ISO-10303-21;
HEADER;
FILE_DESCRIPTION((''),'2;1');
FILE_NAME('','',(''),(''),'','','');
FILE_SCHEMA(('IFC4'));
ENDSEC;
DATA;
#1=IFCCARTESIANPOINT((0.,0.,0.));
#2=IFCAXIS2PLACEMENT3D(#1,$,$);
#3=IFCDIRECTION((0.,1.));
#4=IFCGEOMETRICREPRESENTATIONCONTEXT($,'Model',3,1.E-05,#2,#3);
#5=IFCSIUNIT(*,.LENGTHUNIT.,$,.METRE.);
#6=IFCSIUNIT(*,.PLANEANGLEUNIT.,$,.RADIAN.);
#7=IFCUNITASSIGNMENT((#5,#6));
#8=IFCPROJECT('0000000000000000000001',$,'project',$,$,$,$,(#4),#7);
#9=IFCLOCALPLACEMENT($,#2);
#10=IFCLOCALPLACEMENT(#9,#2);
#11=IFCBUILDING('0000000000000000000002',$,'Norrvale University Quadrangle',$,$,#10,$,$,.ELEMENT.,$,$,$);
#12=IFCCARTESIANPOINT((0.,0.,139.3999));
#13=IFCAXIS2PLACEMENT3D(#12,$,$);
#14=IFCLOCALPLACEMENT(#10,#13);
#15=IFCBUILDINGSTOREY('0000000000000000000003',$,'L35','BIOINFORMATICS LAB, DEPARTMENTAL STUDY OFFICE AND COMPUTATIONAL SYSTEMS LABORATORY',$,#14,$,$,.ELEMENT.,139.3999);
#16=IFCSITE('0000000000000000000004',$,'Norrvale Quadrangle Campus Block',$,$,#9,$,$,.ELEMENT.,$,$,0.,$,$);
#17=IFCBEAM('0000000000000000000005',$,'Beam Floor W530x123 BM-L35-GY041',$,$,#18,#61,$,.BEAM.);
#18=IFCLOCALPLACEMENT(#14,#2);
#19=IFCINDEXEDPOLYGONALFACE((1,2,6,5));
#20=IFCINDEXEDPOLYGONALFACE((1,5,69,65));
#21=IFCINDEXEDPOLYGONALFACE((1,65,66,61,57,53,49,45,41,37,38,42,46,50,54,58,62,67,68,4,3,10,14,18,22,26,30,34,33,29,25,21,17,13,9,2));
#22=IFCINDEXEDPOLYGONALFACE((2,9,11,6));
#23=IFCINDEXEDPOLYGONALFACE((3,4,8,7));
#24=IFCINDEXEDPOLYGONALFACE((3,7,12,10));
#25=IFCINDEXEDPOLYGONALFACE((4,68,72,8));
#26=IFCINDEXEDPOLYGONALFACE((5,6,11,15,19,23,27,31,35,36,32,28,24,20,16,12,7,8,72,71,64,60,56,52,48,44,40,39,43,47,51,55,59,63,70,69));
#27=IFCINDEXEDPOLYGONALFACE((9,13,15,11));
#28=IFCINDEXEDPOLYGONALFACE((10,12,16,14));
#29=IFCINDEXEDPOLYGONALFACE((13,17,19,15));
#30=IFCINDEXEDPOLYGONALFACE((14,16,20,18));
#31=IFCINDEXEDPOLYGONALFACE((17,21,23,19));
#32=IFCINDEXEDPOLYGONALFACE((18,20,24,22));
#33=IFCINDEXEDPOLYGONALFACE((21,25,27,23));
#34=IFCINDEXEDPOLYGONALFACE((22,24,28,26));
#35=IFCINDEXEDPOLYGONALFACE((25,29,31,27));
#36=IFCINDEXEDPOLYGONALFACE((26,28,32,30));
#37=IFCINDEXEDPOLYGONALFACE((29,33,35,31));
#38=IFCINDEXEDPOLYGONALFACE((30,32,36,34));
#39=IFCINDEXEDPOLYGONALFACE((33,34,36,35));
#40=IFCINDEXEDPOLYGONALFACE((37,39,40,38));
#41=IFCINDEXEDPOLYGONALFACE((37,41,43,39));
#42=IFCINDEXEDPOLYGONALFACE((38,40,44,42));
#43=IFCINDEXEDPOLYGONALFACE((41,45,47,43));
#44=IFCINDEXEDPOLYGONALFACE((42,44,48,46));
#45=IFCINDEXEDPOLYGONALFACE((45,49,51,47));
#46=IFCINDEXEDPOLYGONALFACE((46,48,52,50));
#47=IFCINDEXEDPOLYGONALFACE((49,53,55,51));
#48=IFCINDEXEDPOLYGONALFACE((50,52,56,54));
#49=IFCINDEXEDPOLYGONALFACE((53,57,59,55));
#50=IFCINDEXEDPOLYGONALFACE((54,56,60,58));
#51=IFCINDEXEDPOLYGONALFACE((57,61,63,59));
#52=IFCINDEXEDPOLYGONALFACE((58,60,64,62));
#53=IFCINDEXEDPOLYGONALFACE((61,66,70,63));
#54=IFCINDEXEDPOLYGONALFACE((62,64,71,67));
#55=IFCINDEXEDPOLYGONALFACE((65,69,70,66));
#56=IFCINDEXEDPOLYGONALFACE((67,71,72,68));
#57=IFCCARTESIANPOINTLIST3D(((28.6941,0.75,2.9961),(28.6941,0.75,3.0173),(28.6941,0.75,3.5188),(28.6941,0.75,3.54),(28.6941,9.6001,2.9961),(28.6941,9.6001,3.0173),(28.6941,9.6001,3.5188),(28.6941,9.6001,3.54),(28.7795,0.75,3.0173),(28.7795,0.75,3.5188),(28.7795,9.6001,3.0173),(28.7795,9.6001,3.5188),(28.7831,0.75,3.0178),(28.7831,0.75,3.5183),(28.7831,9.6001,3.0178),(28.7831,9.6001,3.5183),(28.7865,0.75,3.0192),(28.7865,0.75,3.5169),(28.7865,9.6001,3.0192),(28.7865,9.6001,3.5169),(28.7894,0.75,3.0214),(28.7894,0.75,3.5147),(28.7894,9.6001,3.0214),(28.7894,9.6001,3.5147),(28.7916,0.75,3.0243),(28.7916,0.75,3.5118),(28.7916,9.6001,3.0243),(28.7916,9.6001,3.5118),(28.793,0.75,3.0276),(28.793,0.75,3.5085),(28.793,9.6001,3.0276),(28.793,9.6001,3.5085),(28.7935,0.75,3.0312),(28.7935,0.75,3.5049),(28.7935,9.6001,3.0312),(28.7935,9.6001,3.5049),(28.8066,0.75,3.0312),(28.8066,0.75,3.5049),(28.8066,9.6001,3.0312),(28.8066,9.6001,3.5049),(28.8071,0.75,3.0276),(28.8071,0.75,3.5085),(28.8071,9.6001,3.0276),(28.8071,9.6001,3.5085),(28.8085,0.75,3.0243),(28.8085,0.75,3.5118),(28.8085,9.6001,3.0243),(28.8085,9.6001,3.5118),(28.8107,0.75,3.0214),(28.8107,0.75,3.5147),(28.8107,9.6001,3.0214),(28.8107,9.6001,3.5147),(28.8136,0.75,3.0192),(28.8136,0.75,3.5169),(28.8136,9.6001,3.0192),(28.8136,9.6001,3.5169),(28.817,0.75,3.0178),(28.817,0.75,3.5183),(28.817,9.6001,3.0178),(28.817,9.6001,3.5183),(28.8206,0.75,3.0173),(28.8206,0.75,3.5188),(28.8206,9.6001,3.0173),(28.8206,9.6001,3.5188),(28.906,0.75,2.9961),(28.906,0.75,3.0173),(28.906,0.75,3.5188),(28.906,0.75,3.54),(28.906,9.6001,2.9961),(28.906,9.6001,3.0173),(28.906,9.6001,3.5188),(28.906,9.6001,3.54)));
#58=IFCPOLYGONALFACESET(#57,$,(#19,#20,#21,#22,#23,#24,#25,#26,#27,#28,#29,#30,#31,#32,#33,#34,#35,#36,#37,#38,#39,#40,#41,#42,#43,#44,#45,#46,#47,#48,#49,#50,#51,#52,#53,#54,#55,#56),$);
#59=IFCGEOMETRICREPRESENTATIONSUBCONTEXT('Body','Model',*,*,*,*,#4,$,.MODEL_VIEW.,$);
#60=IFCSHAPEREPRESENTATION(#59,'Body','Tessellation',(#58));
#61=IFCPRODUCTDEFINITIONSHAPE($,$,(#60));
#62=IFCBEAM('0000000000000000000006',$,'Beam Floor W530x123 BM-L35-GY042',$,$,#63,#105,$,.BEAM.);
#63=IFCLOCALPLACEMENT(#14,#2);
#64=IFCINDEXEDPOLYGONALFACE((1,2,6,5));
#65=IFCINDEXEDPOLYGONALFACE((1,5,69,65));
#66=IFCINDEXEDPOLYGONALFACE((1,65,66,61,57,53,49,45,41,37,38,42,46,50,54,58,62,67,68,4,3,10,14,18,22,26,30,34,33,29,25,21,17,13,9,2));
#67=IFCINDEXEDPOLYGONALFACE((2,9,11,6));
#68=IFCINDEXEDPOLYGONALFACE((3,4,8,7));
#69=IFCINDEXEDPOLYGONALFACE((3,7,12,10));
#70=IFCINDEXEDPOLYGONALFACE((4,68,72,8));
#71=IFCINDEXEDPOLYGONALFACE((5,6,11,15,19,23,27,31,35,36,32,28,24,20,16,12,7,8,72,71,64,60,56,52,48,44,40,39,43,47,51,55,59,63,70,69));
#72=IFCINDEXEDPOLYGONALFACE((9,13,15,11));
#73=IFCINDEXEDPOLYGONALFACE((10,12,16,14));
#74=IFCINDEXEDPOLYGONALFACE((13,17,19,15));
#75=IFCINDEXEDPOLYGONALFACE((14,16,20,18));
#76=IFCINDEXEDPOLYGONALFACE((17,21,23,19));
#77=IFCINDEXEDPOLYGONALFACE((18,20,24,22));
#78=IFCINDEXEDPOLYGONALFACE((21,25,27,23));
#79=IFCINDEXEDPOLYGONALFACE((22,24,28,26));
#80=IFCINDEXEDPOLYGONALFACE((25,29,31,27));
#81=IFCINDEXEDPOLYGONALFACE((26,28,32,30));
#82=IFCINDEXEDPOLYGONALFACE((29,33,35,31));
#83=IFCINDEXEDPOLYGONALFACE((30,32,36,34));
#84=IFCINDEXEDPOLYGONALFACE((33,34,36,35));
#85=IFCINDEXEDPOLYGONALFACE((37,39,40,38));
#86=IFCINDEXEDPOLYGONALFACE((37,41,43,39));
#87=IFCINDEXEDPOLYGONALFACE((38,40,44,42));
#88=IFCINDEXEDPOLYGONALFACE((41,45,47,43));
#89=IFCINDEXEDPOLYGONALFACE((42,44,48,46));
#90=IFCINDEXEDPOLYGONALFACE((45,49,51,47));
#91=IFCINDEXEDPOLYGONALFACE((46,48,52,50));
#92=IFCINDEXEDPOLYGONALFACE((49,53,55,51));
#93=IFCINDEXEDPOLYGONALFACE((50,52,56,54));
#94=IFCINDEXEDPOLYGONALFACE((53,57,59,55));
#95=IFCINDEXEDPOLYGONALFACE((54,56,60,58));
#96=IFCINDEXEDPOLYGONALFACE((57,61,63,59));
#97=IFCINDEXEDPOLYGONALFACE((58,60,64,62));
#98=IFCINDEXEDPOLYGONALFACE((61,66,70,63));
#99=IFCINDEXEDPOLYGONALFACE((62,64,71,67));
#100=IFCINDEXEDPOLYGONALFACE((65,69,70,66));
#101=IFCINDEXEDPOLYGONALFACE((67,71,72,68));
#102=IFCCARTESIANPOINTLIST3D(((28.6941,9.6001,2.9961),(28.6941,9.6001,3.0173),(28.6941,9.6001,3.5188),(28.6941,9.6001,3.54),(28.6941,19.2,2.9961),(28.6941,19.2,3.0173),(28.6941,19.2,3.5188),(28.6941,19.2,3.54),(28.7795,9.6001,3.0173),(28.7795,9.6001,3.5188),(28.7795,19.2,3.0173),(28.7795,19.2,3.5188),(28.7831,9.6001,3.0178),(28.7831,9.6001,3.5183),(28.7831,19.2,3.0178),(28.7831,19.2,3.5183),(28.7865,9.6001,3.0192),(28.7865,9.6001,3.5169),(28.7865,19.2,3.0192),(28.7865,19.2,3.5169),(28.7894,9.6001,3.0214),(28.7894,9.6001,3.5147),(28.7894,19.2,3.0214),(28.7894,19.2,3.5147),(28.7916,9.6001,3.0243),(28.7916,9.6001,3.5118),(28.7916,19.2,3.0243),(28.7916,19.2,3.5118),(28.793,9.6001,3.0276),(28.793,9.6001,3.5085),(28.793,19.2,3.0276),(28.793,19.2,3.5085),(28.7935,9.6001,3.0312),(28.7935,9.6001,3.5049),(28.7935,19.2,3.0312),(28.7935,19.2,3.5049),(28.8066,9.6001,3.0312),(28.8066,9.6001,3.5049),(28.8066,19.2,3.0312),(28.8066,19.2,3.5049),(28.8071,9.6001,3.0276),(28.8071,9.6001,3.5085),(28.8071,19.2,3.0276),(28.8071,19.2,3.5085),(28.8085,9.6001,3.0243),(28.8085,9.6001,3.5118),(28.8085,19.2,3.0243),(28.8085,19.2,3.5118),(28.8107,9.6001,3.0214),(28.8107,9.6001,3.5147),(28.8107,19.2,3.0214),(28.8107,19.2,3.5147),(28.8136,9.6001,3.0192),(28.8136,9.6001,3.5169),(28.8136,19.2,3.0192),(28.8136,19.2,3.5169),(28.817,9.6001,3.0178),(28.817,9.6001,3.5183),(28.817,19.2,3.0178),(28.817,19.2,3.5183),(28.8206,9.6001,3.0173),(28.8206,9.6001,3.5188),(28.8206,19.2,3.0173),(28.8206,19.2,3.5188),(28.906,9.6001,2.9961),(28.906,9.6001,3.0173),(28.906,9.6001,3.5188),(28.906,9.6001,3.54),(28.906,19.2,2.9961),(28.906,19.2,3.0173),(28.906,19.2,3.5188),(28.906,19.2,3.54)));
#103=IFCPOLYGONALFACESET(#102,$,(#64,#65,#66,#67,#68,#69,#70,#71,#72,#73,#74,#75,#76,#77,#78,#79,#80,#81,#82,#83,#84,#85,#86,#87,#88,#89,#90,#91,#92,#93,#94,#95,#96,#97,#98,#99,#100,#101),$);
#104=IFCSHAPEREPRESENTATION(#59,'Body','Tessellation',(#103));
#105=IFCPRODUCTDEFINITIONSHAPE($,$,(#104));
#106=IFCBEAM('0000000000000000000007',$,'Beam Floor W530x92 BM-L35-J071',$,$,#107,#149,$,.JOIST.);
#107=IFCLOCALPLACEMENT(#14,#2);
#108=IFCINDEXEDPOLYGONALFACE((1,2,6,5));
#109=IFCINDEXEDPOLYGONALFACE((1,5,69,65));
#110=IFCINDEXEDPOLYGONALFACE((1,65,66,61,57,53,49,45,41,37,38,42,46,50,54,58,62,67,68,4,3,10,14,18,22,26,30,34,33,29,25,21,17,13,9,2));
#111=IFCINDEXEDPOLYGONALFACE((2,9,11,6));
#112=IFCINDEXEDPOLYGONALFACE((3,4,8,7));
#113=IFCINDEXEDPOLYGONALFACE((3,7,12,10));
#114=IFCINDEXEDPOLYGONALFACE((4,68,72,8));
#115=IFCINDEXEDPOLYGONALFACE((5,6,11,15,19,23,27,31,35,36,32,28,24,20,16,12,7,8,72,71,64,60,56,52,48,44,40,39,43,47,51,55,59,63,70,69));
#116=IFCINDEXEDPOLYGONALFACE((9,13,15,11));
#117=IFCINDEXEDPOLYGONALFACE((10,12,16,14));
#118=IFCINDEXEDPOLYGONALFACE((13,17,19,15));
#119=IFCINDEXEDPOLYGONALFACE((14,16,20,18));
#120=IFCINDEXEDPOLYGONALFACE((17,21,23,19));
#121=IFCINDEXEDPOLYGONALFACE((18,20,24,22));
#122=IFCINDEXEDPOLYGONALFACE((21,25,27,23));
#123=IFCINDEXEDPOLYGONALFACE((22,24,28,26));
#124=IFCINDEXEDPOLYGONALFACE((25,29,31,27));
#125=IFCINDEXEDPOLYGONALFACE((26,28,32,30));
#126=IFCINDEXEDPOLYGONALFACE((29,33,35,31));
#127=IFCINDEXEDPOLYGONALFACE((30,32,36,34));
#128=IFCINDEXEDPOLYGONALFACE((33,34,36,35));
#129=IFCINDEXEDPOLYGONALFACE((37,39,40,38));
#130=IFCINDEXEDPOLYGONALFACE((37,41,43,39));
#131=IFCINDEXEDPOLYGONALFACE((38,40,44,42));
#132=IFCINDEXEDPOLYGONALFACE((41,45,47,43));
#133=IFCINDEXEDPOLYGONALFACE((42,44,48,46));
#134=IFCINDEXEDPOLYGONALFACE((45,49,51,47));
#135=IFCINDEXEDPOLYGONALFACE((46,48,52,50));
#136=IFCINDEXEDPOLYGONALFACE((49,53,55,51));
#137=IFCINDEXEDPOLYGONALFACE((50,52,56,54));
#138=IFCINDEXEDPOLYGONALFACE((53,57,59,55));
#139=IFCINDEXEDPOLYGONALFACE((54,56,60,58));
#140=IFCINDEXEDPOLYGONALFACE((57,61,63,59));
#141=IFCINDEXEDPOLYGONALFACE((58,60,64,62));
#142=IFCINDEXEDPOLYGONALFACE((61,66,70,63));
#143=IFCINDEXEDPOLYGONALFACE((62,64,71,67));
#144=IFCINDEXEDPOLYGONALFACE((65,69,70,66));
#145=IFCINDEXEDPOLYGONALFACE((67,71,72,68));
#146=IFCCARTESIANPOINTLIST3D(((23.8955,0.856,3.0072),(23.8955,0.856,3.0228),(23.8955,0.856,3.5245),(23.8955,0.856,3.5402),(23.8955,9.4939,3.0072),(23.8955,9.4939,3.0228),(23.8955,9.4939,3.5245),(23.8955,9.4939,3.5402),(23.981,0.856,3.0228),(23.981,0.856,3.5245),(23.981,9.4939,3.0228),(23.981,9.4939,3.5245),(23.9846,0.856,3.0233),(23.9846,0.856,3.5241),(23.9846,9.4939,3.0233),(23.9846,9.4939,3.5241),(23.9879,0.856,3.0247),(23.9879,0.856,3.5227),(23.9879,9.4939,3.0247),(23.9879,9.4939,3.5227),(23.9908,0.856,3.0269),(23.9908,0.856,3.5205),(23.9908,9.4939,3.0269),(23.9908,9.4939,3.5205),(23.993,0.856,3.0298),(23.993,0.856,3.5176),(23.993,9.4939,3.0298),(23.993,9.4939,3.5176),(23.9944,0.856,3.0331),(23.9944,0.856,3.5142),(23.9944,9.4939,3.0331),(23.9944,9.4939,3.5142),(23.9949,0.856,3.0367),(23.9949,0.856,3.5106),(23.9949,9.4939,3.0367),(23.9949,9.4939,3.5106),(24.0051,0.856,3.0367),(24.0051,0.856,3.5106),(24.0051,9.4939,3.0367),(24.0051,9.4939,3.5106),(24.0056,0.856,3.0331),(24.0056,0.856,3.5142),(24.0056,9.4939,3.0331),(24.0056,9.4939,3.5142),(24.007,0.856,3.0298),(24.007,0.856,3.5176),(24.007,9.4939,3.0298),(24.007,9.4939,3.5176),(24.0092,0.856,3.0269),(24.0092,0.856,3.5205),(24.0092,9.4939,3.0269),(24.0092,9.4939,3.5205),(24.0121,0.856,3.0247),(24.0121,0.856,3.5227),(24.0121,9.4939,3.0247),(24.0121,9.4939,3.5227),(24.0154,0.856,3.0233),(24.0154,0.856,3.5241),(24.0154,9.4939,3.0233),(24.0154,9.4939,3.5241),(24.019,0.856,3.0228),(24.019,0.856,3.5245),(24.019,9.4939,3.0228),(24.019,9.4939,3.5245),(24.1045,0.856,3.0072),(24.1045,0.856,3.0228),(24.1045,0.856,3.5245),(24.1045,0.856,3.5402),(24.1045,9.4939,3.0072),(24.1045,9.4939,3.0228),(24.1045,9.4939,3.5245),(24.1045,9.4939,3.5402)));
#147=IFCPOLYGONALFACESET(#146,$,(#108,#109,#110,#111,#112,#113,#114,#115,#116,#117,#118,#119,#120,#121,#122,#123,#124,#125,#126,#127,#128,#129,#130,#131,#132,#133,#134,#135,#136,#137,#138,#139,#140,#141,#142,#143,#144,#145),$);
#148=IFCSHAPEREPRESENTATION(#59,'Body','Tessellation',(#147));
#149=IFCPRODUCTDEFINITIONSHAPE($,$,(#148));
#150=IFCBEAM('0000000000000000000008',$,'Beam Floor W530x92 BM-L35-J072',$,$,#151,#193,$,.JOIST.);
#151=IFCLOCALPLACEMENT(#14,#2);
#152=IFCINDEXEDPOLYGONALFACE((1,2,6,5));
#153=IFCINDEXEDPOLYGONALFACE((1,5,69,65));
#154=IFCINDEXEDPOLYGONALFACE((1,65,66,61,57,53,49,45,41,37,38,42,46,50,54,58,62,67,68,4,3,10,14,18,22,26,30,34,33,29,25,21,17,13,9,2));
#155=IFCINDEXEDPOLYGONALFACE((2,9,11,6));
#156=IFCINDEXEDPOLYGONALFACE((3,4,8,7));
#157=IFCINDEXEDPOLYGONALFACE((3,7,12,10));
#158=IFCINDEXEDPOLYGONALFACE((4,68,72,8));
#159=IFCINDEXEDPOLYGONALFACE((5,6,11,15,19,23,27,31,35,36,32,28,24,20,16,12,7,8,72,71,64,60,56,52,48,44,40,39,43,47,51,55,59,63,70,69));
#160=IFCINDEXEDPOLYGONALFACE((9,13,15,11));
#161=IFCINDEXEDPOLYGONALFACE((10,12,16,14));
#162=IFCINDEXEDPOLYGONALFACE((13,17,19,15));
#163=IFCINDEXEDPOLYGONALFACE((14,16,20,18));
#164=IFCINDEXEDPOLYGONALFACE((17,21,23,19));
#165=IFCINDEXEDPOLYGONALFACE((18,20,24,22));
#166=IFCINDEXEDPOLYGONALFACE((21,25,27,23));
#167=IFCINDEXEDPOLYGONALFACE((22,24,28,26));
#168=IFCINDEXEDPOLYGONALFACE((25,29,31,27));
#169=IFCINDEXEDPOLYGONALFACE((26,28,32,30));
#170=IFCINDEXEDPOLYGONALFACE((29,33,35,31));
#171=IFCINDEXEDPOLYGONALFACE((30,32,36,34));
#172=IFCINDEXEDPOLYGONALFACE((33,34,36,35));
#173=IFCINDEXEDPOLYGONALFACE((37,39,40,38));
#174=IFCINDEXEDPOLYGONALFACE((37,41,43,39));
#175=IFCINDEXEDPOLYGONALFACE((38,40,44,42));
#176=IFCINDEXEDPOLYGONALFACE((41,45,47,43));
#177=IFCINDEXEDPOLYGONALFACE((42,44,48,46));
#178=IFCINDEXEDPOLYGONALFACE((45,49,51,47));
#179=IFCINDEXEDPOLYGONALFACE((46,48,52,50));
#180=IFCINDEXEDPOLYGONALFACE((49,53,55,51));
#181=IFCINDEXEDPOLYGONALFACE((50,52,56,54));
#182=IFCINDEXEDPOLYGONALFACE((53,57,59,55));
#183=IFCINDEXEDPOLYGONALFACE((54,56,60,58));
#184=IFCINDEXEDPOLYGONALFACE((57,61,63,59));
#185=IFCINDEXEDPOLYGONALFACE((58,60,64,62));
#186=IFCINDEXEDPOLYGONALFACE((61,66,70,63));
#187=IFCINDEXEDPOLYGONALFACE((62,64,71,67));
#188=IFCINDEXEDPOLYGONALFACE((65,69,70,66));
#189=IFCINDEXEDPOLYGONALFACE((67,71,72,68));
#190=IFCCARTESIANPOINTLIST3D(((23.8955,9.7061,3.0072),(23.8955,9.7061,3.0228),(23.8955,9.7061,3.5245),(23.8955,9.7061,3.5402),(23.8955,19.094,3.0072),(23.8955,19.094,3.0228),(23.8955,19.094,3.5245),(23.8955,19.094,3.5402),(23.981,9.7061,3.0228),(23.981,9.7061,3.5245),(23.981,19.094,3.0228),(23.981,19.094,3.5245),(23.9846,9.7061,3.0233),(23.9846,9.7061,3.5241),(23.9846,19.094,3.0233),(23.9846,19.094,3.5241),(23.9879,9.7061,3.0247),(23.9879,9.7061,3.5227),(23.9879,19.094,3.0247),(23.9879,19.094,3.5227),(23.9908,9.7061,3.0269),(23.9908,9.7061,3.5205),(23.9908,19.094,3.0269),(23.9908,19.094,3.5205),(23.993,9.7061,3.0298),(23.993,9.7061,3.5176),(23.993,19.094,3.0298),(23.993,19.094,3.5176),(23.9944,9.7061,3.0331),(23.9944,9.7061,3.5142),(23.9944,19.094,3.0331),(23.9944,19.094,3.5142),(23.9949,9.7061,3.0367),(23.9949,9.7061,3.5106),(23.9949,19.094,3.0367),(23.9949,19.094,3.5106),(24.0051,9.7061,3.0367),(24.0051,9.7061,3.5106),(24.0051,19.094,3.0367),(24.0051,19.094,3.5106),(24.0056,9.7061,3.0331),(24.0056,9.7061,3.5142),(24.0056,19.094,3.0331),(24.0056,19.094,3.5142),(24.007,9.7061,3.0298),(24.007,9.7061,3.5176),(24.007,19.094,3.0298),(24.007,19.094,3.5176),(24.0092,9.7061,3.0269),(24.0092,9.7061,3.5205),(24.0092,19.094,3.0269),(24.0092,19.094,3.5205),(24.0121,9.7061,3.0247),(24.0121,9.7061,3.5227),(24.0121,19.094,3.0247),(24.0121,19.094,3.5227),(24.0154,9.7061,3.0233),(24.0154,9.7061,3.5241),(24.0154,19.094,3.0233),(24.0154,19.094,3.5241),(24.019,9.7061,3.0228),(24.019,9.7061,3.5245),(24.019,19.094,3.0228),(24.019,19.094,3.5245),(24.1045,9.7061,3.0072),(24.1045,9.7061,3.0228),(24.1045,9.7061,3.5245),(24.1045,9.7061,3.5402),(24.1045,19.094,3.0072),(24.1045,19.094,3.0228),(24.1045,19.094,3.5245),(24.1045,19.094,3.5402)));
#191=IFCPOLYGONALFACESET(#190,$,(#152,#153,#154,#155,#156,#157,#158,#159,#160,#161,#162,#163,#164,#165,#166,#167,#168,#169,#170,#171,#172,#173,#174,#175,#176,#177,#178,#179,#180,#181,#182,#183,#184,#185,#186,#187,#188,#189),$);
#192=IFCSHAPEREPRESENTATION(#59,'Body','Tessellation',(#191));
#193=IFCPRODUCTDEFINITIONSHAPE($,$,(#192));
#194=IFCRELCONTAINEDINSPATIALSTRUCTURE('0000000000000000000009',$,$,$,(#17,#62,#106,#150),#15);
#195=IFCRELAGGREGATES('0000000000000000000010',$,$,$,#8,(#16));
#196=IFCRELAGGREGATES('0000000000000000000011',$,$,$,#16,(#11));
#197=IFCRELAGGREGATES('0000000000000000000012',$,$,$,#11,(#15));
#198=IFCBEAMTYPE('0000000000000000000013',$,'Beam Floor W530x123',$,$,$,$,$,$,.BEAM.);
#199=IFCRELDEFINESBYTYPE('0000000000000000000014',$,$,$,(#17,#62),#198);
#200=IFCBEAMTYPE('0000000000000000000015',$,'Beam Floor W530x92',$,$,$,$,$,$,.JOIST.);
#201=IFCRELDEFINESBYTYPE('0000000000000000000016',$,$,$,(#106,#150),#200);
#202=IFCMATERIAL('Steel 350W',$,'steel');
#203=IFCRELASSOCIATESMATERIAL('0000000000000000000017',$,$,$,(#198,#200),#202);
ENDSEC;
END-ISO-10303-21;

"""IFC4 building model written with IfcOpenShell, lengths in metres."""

from ifc_helpers import new_model, si_unit, direction, frame, origin, origin_2d, place, context, subcontext, project, spatial, i_section, extrude, material, material_profile, profile_set, type_object, element, save


model = new_model("IFC4")

# Units and contexts
model_context = context("Model", 3, precision=1e-05, world=origin(), true_north=direction((0.0, 1.0)))
body_context = subcontext(model_context, "Body", "Model", "MODEL_VIEW")
ifc_project = project(units=[si_unit("LENGTHUNIT", "METRE"), si_unit("PLANEANGLEUNIT", "RADIAN")], contexts=[model_context])

# Site, building, storey
site_placement = place(None, origin())
site = spatial("IfcSite", under=ifc_project, at=site_placement, Name="Norrvale Quadrangle Campus Block", CompositionType="ELEMENT", RefElevation=0.0)
building_placement = place(site_placement, origin())
building = spatial("IfcBuilding", under=site, at=building_placement, Name="Norrvale University Quadrangle", CompositionType="ELEMENT")
storey_placement = place(building_placement, frame((0.0, 0.0, 139.3999)))
storey = spatial("IfcBuildingStorey", under=building, at=storey_placement, Name="L35", Description="BIOINFORMATICS LAB, DEPARTMENTAL STUDY OFFICE AND COMPUTATIONAL SYSTEMS LABORATORY", CompositionType="ELEMENT", Elevation=139.3999)

# Beams
ifc_material_1 = material(Name="Steel 350W", Category="steel")
ifc_material_profile_1 = material_profile(ifc_material_1, i_section(OverallWidth=0.2119, OverallDepth=0.5439, WebThickness=0.0132, FlangeThickness=0.0212, FilletRadius=0.0139, at=origin_2d()), Name="Steel 350W")
ifc_profile_set_1 = profile_set([ifc_material_profile_1], Name="Steel 350W")
beam_type_1 = type_object("IfcBeamType", Name="Beam Floor W530x123", PredefinedType="BEAM", material=ifc_profile_set_1)
beam_1_placement = place(storey_placement, frame((28.8, 0.75, 3.2681), z_axis=(0.0, 1.0, 0.0), x_axis=(-1.0, 0.0, 0.0)))
element("IfcBeam", 1, at=beam_1_placement, inside=storey, type_object=beam_type_1, Name="Beam Floor W530x123 BM-L35-GY041", PredefinedType="BEAM", context=body_context, shape_type="SweptSolid", body=[
    extrude(i_section(OverallWidth=0.2119, OverallDepth=0.5439, WebThickness=0.0132, FlangeThickness=0.0212, FilletRadius=0.0139, at=origin_2d()), origin(), (0.0, 0.0, 1.0), 8.8501),
])
beam_2_placement = place(storey_placement, frame((28.8, 9.6001, 3.2681), z_axis=(0.0, 1.0, 0.0), x_axis=(-1.0, 0.0, 0.0)))
element("IfcBeam", 2, at=beam_2_placement, inside=storey, type_object=beam_type_1, Name="Beam Floor W530x123 BM-L35-GY042", PredefinedType="BEAM", context=body_context, shape_type="SweptSolid", body=[
    extrude(i_section(OverallWidth=0.2119, OverallDepth=0.5439, WebThickness=0.0132, FlangeThickness=0.0212, FilletRadius=0.0139, at=origin_2d()), origin(), (0.0, 0.0, 1.0), 9.5999),
])
ifc_material_profile_2 = material_profile(ifc_material_1, i_section(OverallWidth=0.209, OverallDepth=0.533, WebThickness=0.0103, FlangeThickness=0.0156, FilletRadius=0.0139, at=origin_2d()), Name="Steel 350W")
ifc_profile_set_2 = profile_set([ifc_material_profile_2], Name="Steel 350W")
beam_type_2 = type_object("IfcBeamType", Name="Beam Floor W530x92", PredefinedType="JOIST", material=ifc_profile_set_2)
beam_3_placement = place(storey_placement, frame((24.0, 0.856, 3.2737), z_axis=(0.0, 1.0, 0.0), x_axis=(-1.0, 0.0, 0.0)))
element("IfcBeam", 3, at=beam_3_placement, inside=storey, type_object=beam_type_2, Name="Beam Floor W530x92 BM-L35-J071", PredefinedType="JOIST", context=body_context, shape_type="SweptSolid", body=[
    extrude(i_section(OverallWidth=0.209, OverallDepth=0.533, WebThickness=0.0103, FlangeThickness=0.0156, FilletRadius=0.0139, at=origin_2d()), origin(), (0.0, 0.0, 1.0), 8.6379),
])
beam_4_placement = place(storey_placement, frame((24.0, 9.7061, 3.2737), z_axis=(0.0, 1.0, 0.0), x_axis=(-1.0, 0.0, 0.0)))
element("IfcBeam", 4, at=beam_4_placement, inside=storey, type_object=beam_type_2, Name="Beam Floor W530x92 BM-L35-J072", PredefinedType="JOIST", context=body_context, shape_type="SweptSolid", body=[
    extrude(i_section(OverallWidth=0.209, OverallDepth=0.533, WebThickness=0.0103, FlangeThickness=0.0156, FilletRadius=0.0139, at=origin_2d()), origin(), (0.0, 0.0, 1.0), 9.3879),
])

save(model, "model.ifc")
